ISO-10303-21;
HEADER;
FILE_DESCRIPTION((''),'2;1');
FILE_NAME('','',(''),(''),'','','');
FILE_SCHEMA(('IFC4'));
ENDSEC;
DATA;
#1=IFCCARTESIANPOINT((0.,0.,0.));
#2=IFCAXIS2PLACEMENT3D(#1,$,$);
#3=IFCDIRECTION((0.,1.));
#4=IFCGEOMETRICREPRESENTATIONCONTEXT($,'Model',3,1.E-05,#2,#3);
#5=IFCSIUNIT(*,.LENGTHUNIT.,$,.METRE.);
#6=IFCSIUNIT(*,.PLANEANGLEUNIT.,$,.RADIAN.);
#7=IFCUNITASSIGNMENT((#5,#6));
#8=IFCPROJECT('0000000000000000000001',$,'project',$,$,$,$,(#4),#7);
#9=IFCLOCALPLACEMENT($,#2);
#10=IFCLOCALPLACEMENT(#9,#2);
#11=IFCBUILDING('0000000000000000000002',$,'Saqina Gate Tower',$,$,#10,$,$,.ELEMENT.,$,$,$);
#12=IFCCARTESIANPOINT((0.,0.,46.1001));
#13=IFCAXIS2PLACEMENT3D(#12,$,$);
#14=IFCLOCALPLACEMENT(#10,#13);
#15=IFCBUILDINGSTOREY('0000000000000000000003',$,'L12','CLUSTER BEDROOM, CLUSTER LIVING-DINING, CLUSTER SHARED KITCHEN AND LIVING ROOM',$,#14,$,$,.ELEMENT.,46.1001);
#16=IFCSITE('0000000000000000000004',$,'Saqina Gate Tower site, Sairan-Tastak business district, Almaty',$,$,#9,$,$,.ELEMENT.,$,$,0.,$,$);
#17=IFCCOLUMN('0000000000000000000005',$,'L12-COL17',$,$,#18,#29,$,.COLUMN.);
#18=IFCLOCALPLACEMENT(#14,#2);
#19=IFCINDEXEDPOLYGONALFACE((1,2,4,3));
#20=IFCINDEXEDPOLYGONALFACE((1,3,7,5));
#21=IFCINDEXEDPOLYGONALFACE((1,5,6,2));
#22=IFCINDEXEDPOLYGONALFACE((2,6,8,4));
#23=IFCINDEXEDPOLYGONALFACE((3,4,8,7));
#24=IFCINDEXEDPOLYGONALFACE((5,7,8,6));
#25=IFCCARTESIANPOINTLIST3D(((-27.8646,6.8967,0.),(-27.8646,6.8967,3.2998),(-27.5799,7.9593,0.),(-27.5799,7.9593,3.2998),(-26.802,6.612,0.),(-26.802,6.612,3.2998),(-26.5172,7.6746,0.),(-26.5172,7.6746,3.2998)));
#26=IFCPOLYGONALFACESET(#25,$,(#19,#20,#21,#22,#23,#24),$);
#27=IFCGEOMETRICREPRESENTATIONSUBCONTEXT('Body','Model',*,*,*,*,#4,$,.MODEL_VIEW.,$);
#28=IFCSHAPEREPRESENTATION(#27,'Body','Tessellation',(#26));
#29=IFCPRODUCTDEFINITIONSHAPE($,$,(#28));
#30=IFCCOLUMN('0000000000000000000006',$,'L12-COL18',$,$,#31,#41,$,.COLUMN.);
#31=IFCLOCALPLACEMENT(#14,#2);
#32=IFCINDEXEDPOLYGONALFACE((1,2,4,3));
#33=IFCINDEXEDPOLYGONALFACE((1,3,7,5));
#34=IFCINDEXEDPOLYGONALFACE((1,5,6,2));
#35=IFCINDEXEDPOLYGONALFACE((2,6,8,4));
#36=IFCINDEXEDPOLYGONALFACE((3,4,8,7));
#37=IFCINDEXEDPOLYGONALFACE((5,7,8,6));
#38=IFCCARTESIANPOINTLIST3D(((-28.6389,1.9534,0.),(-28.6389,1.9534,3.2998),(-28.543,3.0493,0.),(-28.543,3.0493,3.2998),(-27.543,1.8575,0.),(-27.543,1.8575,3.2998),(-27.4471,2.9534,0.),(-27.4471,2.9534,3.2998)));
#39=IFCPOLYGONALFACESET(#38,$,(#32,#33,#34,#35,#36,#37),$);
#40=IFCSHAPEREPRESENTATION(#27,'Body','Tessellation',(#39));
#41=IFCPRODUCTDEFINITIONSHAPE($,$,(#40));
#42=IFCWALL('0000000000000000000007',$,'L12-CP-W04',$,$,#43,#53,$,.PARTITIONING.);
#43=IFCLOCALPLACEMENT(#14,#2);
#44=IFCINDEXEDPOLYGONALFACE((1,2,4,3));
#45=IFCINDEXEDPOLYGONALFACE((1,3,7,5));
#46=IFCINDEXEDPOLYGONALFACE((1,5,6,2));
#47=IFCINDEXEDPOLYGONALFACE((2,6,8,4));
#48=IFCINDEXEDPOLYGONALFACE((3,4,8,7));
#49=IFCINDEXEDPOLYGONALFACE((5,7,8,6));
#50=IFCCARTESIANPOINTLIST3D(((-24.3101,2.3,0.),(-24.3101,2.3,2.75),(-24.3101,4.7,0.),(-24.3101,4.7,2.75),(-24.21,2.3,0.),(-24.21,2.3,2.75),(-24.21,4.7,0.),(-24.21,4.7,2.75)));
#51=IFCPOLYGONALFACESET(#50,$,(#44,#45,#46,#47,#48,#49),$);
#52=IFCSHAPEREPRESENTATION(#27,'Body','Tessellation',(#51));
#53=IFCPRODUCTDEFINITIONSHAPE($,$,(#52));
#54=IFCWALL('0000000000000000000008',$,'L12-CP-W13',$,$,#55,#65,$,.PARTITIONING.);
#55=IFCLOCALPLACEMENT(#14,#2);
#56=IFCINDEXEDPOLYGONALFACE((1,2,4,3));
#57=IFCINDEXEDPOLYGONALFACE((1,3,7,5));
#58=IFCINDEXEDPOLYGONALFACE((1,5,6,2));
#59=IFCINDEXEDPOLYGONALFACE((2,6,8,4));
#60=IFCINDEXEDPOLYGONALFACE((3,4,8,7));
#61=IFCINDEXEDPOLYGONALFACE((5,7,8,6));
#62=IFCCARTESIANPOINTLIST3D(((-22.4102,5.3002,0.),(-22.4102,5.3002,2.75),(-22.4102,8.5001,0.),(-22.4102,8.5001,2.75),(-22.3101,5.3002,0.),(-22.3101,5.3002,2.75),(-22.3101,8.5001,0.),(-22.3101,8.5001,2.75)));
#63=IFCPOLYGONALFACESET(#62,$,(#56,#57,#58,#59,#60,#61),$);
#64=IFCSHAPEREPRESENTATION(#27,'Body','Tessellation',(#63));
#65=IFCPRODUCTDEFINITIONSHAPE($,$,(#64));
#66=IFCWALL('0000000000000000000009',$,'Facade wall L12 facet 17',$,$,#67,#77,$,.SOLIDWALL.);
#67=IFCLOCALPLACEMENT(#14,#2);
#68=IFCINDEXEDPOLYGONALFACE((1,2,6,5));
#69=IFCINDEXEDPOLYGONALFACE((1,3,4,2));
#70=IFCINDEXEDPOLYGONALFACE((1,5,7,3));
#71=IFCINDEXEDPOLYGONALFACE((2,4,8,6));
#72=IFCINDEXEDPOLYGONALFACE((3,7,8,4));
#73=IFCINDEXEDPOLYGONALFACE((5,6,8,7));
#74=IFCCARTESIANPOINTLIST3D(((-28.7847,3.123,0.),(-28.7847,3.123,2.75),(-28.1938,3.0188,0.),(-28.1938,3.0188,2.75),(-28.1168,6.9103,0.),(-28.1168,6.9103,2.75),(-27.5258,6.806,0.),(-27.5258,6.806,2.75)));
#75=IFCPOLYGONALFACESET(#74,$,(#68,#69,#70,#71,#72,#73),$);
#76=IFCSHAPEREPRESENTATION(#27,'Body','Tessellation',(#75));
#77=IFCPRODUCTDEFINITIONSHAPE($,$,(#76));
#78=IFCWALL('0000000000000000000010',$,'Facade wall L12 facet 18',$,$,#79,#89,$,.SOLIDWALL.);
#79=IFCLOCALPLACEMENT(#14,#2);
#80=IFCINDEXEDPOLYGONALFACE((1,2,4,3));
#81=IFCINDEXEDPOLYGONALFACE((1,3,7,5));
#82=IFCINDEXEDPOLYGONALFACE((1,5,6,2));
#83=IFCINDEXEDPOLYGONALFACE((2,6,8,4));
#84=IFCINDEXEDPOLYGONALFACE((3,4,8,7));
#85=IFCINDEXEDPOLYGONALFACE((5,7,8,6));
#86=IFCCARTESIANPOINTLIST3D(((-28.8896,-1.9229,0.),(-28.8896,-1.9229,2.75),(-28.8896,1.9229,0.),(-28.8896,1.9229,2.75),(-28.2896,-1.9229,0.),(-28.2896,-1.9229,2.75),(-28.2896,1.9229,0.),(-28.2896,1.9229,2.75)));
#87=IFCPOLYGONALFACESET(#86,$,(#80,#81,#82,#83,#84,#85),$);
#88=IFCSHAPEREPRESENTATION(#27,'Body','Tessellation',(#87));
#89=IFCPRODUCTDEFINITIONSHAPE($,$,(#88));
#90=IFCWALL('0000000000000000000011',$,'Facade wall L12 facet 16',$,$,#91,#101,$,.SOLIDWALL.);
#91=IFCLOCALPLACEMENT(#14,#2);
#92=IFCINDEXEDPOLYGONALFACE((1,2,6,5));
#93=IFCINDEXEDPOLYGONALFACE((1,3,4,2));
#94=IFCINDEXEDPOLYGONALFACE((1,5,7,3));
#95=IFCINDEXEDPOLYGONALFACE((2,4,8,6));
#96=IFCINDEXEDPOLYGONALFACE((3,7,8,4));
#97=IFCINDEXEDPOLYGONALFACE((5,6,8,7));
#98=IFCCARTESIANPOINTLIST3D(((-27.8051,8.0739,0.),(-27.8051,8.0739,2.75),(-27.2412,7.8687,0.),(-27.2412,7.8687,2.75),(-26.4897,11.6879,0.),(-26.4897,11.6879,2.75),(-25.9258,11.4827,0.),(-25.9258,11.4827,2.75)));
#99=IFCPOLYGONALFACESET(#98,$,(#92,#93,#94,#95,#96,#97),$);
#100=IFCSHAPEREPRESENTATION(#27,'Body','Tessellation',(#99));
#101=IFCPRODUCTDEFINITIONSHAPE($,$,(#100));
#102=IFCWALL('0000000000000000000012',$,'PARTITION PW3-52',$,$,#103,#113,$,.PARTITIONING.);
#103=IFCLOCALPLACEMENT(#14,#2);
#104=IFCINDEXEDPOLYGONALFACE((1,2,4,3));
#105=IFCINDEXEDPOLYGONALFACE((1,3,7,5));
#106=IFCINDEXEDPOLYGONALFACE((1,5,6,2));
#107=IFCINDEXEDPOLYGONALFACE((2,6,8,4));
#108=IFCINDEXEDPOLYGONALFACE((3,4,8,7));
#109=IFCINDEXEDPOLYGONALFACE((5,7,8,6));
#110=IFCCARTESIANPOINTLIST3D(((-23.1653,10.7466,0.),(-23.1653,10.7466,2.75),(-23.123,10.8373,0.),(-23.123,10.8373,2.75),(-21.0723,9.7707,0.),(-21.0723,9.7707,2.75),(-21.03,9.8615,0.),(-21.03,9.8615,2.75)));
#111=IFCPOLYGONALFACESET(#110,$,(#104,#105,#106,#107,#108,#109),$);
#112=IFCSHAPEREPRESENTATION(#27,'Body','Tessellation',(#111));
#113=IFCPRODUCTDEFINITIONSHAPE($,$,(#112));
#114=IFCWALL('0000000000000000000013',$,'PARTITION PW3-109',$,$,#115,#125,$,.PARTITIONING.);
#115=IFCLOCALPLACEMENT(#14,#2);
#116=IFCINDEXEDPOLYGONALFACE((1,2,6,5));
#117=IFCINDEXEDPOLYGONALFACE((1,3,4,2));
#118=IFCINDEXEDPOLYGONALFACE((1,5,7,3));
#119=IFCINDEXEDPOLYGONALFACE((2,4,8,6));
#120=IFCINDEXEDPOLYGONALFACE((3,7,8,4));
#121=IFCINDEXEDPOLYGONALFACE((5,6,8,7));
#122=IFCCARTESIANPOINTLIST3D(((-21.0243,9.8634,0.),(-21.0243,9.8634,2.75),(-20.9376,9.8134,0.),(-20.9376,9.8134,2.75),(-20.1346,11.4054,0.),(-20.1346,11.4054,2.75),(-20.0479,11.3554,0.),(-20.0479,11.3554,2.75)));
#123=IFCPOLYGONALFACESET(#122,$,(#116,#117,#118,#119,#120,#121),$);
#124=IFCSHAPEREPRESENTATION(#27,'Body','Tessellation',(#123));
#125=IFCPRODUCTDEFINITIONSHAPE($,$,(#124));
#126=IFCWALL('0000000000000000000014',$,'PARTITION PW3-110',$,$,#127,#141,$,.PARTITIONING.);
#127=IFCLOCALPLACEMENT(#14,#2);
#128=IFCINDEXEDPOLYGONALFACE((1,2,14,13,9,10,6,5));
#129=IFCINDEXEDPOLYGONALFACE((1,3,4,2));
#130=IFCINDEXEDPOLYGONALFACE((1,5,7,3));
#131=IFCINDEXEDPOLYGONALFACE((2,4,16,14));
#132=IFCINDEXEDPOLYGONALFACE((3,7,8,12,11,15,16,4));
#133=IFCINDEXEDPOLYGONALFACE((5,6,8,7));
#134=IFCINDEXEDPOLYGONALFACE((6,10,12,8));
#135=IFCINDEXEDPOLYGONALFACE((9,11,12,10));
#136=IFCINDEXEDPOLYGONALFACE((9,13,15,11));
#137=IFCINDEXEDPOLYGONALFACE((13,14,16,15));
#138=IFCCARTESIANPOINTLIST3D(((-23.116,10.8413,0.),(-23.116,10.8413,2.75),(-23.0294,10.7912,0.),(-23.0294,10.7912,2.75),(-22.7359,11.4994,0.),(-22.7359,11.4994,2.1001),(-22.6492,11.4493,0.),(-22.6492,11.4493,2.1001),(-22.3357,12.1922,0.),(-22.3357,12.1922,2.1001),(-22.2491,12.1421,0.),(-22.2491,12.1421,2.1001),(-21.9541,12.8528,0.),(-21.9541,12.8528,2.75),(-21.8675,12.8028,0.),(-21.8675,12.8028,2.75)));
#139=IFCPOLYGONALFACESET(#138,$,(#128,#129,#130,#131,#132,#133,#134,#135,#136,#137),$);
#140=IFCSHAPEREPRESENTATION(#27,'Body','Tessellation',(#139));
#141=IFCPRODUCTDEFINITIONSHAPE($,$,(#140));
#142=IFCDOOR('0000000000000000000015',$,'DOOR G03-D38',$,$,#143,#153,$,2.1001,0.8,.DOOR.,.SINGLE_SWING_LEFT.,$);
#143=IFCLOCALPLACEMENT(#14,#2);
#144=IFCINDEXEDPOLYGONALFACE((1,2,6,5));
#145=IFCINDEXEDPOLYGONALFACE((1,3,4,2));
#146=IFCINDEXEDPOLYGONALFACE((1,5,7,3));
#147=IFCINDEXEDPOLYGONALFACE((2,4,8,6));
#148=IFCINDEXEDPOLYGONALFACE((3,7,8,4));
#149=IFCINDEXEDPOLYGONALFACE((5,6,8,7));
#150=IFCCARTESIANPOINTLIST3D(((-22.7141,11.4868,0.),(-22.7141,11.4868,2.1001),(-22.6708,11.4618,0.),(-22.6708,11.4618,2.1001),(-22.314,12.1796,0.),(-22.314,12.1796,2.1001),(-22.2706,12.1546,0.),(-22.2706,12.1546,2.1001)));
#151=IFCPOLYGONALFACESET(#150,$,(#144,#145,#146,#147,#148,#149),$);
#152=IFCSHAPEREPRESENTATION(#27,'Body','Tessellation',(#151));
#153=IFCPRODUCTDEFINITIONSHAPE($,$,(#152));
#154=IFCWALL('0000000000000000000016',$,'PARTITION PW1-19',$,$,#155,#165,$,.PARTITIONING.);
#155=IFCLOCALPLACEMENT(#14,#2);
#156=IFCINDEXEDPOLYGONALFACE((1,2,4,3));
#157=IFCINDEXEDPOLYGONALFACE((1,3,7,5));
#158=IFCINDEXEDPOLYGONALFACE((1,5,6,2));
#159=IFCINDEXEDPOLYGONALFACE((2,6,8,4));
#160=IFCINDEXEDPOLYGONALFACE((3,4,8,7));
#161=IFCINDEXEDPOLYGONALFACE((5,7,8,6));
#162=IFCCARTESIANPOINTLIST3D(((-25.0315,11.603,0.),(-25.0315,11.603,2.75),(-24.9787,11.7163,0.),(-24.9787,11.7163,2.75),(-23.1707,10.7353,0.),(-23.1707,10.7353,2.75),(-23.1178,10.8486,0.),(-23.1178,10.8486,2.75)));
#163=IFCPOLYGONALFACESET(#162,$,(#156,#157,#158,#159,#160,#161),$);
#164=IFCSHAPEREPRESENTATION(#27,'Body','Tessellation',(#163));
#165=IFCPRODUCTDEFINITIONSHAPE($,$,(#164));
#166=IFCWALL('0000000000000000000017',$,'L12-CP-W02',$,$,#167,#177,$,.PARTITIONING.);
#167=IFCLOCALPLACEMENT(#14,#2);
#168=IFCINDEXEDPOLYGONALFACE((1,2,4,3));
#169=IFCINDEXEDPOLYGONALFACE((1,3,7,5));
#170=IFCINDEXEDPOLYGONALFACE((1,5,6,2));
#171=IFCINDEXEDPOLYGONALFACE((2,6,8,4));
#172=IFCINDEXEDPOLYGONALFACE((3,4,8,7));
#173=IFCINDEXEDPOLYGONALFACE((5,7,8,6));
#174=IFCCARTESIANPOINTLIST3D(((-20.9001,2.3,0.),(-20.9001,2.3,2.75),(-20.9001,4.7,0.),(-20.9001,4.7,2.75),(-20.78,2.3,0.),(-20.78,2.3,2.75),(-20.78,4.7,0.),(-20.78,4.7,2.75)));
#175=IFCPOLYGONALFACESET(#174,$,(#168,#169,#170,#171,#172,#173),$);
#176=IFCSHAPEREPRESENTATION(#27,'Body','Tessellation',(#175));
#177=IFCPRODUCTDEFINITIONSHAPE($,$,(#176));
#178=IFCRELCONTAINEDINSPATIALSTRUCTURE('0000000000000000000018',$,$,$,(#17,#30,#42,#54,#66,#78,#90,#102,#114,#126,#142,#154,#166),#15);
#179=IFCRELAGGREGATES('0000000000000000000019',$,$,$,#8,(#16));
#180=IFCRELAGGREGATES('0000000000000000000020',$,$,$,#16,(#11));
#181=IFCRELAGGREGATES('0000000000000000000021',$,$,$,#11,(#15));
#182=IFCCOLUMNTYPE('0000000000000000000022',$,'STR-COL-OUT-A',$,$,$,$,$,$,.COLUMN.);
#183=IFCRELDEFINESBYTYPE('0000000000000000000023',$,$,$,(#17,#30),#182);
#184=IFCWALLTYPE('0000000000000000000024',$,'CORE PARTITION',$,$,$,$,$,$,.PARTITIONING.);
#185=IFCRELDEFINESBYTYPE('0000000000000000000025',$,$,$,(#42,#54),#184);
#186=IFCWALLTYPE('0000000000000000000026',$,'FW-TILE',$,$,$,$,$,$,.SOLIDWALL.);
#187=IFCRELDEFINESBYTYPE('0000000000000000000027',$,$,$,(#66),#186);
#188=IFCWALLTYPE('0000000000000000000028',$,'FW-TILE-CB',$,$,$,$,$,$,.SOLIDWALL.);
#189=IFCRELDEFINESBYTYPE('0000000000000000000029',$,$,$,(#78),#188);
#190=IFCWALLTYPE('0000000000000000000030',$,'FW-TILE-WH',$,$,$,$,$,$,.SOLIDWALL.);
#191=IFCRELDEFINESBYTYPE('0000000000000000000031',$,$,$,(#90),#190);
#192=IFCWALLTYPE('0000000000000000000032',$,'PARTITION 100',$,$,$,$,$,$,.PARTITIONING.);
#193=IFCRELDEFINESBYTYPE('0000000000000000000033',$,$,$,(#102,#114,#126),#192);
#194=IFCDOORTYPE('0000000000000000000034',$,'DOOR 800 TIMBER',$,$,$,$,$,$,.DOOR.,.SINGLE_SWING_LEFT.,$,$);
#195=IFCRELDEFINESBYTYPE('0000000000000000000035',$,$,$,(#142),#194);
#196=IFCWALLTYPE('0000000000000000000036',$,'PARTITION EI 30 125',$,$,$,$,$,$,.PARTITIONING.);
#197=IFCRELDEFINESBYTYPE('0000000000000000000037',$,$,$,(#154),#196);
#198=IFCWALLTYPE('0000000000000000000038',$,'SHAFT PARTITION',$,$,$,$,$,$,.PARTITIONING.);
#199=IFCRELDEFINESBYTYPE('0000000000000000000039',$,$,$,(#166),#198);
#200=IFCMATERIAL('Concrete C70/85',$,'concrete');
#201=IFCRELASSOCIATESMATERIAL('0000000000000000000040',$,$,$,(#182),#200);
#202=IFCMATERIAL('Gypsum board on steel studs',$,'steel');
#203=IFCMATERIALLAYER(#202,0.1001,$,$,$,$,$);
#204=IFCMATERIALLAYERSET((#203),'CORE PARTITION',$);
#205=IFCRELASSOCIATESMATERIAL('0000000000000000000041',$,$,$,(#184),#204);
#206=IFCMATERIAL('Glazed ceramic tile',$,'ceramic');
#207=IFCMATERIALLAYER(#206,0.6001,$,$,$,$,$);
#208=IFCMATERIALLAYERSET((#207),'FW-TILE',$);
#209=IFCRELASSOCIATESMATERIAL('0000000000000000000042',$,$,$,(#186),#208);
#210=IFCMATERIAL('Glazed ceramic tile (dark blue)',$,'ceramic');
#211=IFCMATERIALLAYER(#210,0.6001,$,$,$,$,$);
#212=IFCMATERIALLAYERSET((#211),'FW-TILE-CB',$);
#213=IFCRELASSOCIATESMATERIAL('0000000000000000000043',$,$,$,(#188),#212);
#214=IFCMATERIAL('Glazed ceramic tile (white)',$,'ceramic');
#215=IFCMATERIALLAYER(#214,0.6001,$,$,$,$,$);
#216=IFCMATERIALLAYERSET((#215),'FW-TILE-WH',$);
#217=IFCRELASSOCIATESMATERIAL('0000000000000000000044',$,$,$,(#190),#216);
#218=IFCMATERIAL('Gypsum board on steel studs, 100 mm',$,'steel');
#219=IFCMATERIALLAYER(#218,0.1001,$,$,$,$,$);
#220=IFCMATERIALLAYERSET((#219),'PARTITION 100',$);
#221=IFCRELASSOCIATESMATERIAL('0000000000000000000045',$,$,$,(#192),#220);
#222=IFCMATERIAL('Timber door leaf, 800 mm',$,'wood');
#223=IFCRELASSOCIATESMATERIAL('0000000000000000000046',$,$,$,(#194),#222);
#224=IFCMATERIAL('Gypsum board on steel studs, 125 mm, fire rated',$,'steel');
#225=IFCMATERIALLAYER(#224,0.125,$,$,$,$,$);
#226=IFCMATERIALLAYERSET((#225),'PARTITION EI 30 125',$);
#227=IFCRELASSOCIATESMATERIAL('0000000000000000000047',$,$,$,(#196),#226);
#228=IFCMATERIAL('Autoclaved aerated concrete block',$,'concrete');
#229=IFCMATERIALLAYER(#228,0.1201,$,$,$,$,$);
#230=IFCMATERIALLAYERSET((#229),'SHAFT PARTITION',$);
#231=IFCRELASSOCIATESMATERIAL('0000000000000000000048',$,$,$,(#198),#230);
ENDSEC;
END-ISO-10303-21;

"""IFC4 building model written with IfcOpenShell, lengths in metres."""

from ifc_helpers import new_model, si_unit, direction, frame, frame_2d, origin, origin_2d, place, context, subcontext, project, spatial, rectangle, extrude, material, layer, layer_set, material_profile, profile_set, type_object, element, fill, save


model = new_model("IFC4")

# Units and contexts
model_context = context("Model", 3, precision=1e-05, world=origin(), true_north=direction((0.0, 1.0)))
body_context = subcontext(model_context, "Body", "Model", "MODEL_VIEW")
ifc_project = project(units=[si_unit("LENGTHUNIT", "METRE"), si_unit("PLANEANGLEUNIT", "RADIAN")], contexts=[model_context])

# Site, building, storey
site_placement = place(None, origin())
site = spatial("IfcSite", under=ifc_project, at=site_placement, Name="Saqina Gate Tower site, Sairan-Tastak business district, Almaty", CompositionType="ELEMENT", RefElevation=0.0)
building_placement = place(site_placement, origin())
building = spatial("IfcBuilding", under=site, at=building_placement, Name="Saqina Gate Tower", CompositionType="ELEMENT")
storey_placement = place(building_placement, frame((0.0, 0.0, 46.1001)))
storey = spatial("IfcBuildingStorey", under=building, at=storey_placement, Name="L12", Description="CLUSTER BEDROOM, CLUSTER LIVING-DINING, CLUSTER SHARED KITCHEN AND LIVING ROOM", CompositionType="ELEMENT", Elevation=46.1001)

# Columns
ifc_material_1 = material(Name="Concrete C70/85", Category="concrete")
ifc_material_profile = material_profile(ifc_material_1, rectangle(XDim=1.1001, YDim=1.1001, at=origin_2d()), Name="RC 1100x1100")
ifc_profile_set = profile_set([ifc_material_profile], Name="Concrete C70/85")
column_type = type_object("IfcColumnType", Name="STR-COL-OUT-A", PredefinedType="COLUMN", material=ifc_profile_set)
for number, where, z_axis, x_axis, name in (
    (1, (-27.1909, 7.2856, 0.0), (0.0, 0.0, 1.0), (-0.965926, 0.258819, 0.0), "L12-COL17"),
    (2, (-28.043, 2.4534, 0.0), (0.0, 0.0, 1.0), (-0.996195, 0.087156, 0.0), "L12-COL18"),
):
    element("IfcColumn", number, at=place(storey_placement, frame(where, z_axis=z_axis, x_axis=x_axis)), inside=storey, type_object=column_type, Name=name, PredefinedType="COLUMN", context=body_context, shape_type="SweptSolid", body=[
        extrude(rectangle(XDim=1.1001, YDim=1.1001, at=origin_2d()), origin(), (0.0, 0.0, 1.0), 3.2998),
    ])

# Walls
ifc_material_2 = material(Name="Gypsum board on steel studs", Category="steel")
ifc_layer_1 = layer(ifc_material_2, 0.1001)
ifc_layer_set_1 = layer_set([ifc_layer_1], Name="CORE PARTITION")
wall_type_1 = type_object("IfcWallType", Name="CORE PARTITION", PredefinedType="PARTITIONING", material=ifc_layer_set_1)
wall_1_placement = place(storey_placement, frame((-24.26, 2.3, 0.0), z_axis=(0.0, 0.0, 1.0), x_axis=(0.0, 1.0, 0.0)))
element("IfcWall", 3, at=wall_1_placement, inside=storey, type_object=wall_type_1, Name="L12-CP-W04", PredefinedType="PARTITIONING", context=body_context, shape_type="SweptSolid", body=[
    extrude(rectangle(XDim=2.3999, YDim=0.1001, at=frame_2d((1.2, 0.0))), origin(), (0.0, 0.0, 1.0), 2.75),
])
wall_2_placement = place(storey_placement, frame((-22.3601, 5.3, 0.0), z_axis=(0.0, 0.0, 1.0), x_axis=(0.0, 1.0, 0.0)))
element("IfcWall", 4, at=wall_2_placement, inside=storey, type_object=wall_type_1, Name="L12-CP-W13", PredefinedType="PARTITIONING", context=body_context, shape_type="SweptSolid", body=[
    extrude(rectangle(XDim=3.2, YDim=0.1001, at=frame_2d((1.6001, 0.0))), origin(), (0.0, 0.0, 1.0), 2.75),
])
ifc_material_3 = material(Name="Glazed ceramic tile", Category="ceramic")
ifc_layer_2 = layer(ifc_material_3, 0.6001)
ifc_layer_set_2 = layer_set([ifc_layer_2], Name="FW-TILE")
wall_type_2 = type_object("IfcWallType", Name="FW-TILE", PredefinedType="SOLIDWALL", material=ifc_layer_set_2)
wall_3_placement = place(storey_placement, frame((-27.8213, 6.8582, 0.0), z_axis=(0.0, 0.0, 1.0), x_axis=(-0.173688, -0.984801, 0.0)))
element("IfcWall", 5, at=wall_3_placement, inside=storey, type_object=wall_type_2, Name="Facade wall L12 facet 17", PredefinedType="SOLIDWALL", context=body_context, shape_type="SweptSolid", body=[
    extrude(rectangle(XDim=3.8457, YDim=0.6001, at=frame_2d((1.9229, 0.0))), origin(), (0.0, 0.0, 1.0), 2.75),
])
ifc_material_4 = material(Name="Glazed ceramic tile (dark blue)", Category="ceramic")
ifc_layer_3 = layer(ifc_material_4, 0.6001)
ifc_layer_set_3 = layer_set([ifc_layer_3], Name="FW-TILE-CB")
wall_type_3 = type_object("IfcWallType", Name="FW-TILE-CB", PredefinedType="SOLIDWALL", material=ifc_layer_set_3)
wall_4_placement = place(storey_placement, frame((-28.5896, 1.9229, 0.0), z_axis=(0.0, 0.0, 1.0), x_axis=(0.0, -1.0, 0.0)))
element("IfcWall", 6, at=wall_4_placement, inside=storey, type_object=wall_type_3, Name="Facade wall L12 facet 18", PredefinedType="SOLIDWALL", context=body_context, shape_type="SweptSolid", body=[
    extrude(rectangle(XDim=3.8457, YDim=0.6001, at=frame_2d((1.9229, 0.0))), origin(), (0.0, 0.0, 1.0), 2.75),
])
ifc_material_5 = material(Name="Glazed ceramic tile (white)", Category="ceramic")
ifc_layer_4 = layer(ifc_material_5, 0.6001)
ifc_layer_set_4 = layer_set([ifc_layer_4], Name="FW-TILE-WH")
wall_type_4 = type_object("IfcWallType", Name="FW-TILE-WH", PredefinedType="SOLIDWALL", material=ifc_layer_set_4)
wall_5_placement = place(storey_placement, frame((-26.2078, 11.5852, 0.0), z_axis=(0.0, 0.0, 1.0), x_axis=(-0.342028, -0.93969, 0.0)))
element("IfcWall", 7, at=wall_5_placement, inside=storey, type_object=wall_type_4, Name="Facade wall L12 facet 16", PredefinedType="SOLIDWALL", context=body_context, shape_type="SweptSolid", body=[
    extrude(rectangle(XDim=3.8459, YDim=0.6001, at=frame_2d((1.9229, 0.0))), origin(), (0.0, 0.0, 1.0), 2.75),
])
ifc_material_6 = material(Name="Gypsum board on steel studs, 100 mm", Category="steel")
ifc_layer_5 = layer(ifc_material_6, 0.1001)
ifc_layer_set_5 = layer_set([ifc_layer_5], Name="PARTITION 100")
wall_type_5 = type_object("IfcWallType", Name="PARTITION 100", PredefinedType="PARTITIONING", material=ifc_layer_set_5)
wall_6_placement = place(storey_placement, frame((-23.1443, 10.792, 0.0), z_axis=(0.0, 0.0, 1.0), x_axis=(0.906334, -0.422561, 0.0)))
element("IfcWall", 8, at=wall_6_placement, inside=storey, type_object=wall_type_5, Name="PARTITION PW3-52", PredefinedType="PARTITIONING", context=body_context, shape_type="SweptSolid", body=[
    extrude(rectangle(XDim=2.3093, YDim=0.1001, at=frame_2d((1.1548, 0.0))), origin(), (0.0, 0.0, 1.0), 2.75),
])
wall_7_placement = place(storey_placement, frame((-20.981, 9.8384, 0.0), z_axis=(0.0, 0.0, 1.0), x_axis=(0.499738, 0.866176, 0.0)))
element("IfcWall", 9, at=wall_7_placement, inside=storey, type_object=wall_type_5, Name="PARTITION PW3-109", PredefinedType="PARTITIONING", context=body_context, shape_type="SweptSolid", body=[
    extrude(rectangle(XDim=1.7803, YDim=0.1001, at=frame_2d((0.8901, 0.0))), origin(), (0.0, 0.0, 1.0), 2.75),
])

# Wall, opening, door
wall_8_placement = place(storey_placement, frame((-23.0728, 10.8162, 0.0), z_axis=(0.0, 0.0, 1.0), x_axis=(0.500174, 0.865925, 0.0)))
wall_8 = element("IfcWall", 10, at=wall_8_placement, inside=storey, type_object=wall_type_5, Name="PARTITION PW3-110", PredefinedType="PARTITIONING", context=body_context, shape_type="SweptSolid", body=[
    extrude(rectangle(XDim=2.323, YDim=0.1001, at=frame_2d((1.1616, 0.0))), origin(), (0.0, 0.0, 1.0), 2.75),
])
opening_placement = place(wall_8_placement, frame((0.7603, 0.0, 0.0)))
opening = element("IfcOpeningElement", 11, at=opening_placement, cuts=wall_8, PredefinedType="OPENING", context=body_context, shape_type="SweptSolid", body=[
    extrude(rectangle(XDim=0.8, YDim=2.1001, at=frame_2d((0.3999, 1.05))), frame((0.0, 0.062, 0.0), z_axis=(0.0, -1.0, 0.0), x_axis=(1.0, 0.0, 0.0)), (0.0, 0.0, 1.0), 0.124),
])
ifc_material_7 = material(Name="Timber door leaf, 800 mm", Category="wood")
door_type = type_object("IfcDoorType", Name="DOOR 800 TIMBER", OperationType="SINGLE_SWING_LEFT", PredefinedType="DOOR", material=ifc_material_7)
door_placement = place(opening_placement, origin())
door = element("IfcDoor", 12, at=door_placement, inside=storey, type_object=door_type, Name="DOOR G03-D38", OperationType="SINGLE_SWING_LEFT", OverallHeight=2.1001, OverallWidth=0.8, PredefinedType="DOOR", context=body_context, shape_type="SweptSolid", body=[
    extrude(rectangle(XDim=0.8, YDim=2.1001, at=frame_2d((0.3999, 1.05))), frame((0.0, 0.0249, 0.0), z_axis=(0.0, -1.0, 0.0), x_axis=(1.0, 0.0, 0.0)), (0.0, 0.0, 1.0), 0.05),
])
fill(opening, door)

# Walls
ifc_material_8 = material(Name="Gypsum board on steel studs, 125 mm, fire rated", Category="steel")
ifc_layer_6 = layer(ifc_material_8, 0.125)
ifc_layer_set_6 = layer_set([ifc_layer_6], Name="PARTITION EI 30 125")
wall_type_6 = type_object("IfcWallType", Name="PARTITION EI 30 125", PredefinedType="PARTITIONING", material=ifc_layer_set_6)
wall_9_placement = place(storey_placement, frame((-25.0051, 11.6597, 0.0), z_axis=(0.0, 0.0, 1.0), x_axis=(0.906317, -0.422599, 0.0)))
element("IfcWall", 13, at=wall_9_placement, inside=storey, type_object=wall_type_6, Name="PARTITION PW1-19", PredefinedType="PARTITIONING", context=body_context, shape_type="SweptSolid", body=[
    extrude(rectangle(XDim=2.0532, YDim=0.125, at=frame_2d((1.0266, 0.0))), origin(), (0.0, 0.0, 1.0), 2.75),
])
ifc_material_9 = material(Name="Autoclaved aerated concrete block", Category="concrete")
ifc_layer_7 = layer(ifc_material_9, 0.1201)
ifc_layer_set_7 = layer_set([ifc_layer_7], Name="SHAFT PARTITION")
wall_type_7 = type_object("IfcWallType", Name="SHAFT PARTITION", PredefinedType="PARTITIONING", material=ifc_layer_set_7)
for number, where, z_axis, x_axis, name in (
    (14, (-20.8401, 2.3, 0.0), (0.0, 0.0, 1.0), (0.0, 1.0, 0.0), "L12-CP-W02"),
):
    element("IfcWall", number, at=place(storey_placement, frame(where, z_axis=z_axis, x_axis=x_axis)), inside=storey, type_object=wall_type_7, Name=name, PredefinedType="PARTITIONING", context=body_context, shape_type="SweptSolid", body=[
        extrude(rectangle(XDim=2.3999, YDim=0.1201, at=frame_2d((1.2, 0.0))), origin(), (0.0, 0.0, 1.0), 2.75),
    ])

save(model, "model.ifc")
